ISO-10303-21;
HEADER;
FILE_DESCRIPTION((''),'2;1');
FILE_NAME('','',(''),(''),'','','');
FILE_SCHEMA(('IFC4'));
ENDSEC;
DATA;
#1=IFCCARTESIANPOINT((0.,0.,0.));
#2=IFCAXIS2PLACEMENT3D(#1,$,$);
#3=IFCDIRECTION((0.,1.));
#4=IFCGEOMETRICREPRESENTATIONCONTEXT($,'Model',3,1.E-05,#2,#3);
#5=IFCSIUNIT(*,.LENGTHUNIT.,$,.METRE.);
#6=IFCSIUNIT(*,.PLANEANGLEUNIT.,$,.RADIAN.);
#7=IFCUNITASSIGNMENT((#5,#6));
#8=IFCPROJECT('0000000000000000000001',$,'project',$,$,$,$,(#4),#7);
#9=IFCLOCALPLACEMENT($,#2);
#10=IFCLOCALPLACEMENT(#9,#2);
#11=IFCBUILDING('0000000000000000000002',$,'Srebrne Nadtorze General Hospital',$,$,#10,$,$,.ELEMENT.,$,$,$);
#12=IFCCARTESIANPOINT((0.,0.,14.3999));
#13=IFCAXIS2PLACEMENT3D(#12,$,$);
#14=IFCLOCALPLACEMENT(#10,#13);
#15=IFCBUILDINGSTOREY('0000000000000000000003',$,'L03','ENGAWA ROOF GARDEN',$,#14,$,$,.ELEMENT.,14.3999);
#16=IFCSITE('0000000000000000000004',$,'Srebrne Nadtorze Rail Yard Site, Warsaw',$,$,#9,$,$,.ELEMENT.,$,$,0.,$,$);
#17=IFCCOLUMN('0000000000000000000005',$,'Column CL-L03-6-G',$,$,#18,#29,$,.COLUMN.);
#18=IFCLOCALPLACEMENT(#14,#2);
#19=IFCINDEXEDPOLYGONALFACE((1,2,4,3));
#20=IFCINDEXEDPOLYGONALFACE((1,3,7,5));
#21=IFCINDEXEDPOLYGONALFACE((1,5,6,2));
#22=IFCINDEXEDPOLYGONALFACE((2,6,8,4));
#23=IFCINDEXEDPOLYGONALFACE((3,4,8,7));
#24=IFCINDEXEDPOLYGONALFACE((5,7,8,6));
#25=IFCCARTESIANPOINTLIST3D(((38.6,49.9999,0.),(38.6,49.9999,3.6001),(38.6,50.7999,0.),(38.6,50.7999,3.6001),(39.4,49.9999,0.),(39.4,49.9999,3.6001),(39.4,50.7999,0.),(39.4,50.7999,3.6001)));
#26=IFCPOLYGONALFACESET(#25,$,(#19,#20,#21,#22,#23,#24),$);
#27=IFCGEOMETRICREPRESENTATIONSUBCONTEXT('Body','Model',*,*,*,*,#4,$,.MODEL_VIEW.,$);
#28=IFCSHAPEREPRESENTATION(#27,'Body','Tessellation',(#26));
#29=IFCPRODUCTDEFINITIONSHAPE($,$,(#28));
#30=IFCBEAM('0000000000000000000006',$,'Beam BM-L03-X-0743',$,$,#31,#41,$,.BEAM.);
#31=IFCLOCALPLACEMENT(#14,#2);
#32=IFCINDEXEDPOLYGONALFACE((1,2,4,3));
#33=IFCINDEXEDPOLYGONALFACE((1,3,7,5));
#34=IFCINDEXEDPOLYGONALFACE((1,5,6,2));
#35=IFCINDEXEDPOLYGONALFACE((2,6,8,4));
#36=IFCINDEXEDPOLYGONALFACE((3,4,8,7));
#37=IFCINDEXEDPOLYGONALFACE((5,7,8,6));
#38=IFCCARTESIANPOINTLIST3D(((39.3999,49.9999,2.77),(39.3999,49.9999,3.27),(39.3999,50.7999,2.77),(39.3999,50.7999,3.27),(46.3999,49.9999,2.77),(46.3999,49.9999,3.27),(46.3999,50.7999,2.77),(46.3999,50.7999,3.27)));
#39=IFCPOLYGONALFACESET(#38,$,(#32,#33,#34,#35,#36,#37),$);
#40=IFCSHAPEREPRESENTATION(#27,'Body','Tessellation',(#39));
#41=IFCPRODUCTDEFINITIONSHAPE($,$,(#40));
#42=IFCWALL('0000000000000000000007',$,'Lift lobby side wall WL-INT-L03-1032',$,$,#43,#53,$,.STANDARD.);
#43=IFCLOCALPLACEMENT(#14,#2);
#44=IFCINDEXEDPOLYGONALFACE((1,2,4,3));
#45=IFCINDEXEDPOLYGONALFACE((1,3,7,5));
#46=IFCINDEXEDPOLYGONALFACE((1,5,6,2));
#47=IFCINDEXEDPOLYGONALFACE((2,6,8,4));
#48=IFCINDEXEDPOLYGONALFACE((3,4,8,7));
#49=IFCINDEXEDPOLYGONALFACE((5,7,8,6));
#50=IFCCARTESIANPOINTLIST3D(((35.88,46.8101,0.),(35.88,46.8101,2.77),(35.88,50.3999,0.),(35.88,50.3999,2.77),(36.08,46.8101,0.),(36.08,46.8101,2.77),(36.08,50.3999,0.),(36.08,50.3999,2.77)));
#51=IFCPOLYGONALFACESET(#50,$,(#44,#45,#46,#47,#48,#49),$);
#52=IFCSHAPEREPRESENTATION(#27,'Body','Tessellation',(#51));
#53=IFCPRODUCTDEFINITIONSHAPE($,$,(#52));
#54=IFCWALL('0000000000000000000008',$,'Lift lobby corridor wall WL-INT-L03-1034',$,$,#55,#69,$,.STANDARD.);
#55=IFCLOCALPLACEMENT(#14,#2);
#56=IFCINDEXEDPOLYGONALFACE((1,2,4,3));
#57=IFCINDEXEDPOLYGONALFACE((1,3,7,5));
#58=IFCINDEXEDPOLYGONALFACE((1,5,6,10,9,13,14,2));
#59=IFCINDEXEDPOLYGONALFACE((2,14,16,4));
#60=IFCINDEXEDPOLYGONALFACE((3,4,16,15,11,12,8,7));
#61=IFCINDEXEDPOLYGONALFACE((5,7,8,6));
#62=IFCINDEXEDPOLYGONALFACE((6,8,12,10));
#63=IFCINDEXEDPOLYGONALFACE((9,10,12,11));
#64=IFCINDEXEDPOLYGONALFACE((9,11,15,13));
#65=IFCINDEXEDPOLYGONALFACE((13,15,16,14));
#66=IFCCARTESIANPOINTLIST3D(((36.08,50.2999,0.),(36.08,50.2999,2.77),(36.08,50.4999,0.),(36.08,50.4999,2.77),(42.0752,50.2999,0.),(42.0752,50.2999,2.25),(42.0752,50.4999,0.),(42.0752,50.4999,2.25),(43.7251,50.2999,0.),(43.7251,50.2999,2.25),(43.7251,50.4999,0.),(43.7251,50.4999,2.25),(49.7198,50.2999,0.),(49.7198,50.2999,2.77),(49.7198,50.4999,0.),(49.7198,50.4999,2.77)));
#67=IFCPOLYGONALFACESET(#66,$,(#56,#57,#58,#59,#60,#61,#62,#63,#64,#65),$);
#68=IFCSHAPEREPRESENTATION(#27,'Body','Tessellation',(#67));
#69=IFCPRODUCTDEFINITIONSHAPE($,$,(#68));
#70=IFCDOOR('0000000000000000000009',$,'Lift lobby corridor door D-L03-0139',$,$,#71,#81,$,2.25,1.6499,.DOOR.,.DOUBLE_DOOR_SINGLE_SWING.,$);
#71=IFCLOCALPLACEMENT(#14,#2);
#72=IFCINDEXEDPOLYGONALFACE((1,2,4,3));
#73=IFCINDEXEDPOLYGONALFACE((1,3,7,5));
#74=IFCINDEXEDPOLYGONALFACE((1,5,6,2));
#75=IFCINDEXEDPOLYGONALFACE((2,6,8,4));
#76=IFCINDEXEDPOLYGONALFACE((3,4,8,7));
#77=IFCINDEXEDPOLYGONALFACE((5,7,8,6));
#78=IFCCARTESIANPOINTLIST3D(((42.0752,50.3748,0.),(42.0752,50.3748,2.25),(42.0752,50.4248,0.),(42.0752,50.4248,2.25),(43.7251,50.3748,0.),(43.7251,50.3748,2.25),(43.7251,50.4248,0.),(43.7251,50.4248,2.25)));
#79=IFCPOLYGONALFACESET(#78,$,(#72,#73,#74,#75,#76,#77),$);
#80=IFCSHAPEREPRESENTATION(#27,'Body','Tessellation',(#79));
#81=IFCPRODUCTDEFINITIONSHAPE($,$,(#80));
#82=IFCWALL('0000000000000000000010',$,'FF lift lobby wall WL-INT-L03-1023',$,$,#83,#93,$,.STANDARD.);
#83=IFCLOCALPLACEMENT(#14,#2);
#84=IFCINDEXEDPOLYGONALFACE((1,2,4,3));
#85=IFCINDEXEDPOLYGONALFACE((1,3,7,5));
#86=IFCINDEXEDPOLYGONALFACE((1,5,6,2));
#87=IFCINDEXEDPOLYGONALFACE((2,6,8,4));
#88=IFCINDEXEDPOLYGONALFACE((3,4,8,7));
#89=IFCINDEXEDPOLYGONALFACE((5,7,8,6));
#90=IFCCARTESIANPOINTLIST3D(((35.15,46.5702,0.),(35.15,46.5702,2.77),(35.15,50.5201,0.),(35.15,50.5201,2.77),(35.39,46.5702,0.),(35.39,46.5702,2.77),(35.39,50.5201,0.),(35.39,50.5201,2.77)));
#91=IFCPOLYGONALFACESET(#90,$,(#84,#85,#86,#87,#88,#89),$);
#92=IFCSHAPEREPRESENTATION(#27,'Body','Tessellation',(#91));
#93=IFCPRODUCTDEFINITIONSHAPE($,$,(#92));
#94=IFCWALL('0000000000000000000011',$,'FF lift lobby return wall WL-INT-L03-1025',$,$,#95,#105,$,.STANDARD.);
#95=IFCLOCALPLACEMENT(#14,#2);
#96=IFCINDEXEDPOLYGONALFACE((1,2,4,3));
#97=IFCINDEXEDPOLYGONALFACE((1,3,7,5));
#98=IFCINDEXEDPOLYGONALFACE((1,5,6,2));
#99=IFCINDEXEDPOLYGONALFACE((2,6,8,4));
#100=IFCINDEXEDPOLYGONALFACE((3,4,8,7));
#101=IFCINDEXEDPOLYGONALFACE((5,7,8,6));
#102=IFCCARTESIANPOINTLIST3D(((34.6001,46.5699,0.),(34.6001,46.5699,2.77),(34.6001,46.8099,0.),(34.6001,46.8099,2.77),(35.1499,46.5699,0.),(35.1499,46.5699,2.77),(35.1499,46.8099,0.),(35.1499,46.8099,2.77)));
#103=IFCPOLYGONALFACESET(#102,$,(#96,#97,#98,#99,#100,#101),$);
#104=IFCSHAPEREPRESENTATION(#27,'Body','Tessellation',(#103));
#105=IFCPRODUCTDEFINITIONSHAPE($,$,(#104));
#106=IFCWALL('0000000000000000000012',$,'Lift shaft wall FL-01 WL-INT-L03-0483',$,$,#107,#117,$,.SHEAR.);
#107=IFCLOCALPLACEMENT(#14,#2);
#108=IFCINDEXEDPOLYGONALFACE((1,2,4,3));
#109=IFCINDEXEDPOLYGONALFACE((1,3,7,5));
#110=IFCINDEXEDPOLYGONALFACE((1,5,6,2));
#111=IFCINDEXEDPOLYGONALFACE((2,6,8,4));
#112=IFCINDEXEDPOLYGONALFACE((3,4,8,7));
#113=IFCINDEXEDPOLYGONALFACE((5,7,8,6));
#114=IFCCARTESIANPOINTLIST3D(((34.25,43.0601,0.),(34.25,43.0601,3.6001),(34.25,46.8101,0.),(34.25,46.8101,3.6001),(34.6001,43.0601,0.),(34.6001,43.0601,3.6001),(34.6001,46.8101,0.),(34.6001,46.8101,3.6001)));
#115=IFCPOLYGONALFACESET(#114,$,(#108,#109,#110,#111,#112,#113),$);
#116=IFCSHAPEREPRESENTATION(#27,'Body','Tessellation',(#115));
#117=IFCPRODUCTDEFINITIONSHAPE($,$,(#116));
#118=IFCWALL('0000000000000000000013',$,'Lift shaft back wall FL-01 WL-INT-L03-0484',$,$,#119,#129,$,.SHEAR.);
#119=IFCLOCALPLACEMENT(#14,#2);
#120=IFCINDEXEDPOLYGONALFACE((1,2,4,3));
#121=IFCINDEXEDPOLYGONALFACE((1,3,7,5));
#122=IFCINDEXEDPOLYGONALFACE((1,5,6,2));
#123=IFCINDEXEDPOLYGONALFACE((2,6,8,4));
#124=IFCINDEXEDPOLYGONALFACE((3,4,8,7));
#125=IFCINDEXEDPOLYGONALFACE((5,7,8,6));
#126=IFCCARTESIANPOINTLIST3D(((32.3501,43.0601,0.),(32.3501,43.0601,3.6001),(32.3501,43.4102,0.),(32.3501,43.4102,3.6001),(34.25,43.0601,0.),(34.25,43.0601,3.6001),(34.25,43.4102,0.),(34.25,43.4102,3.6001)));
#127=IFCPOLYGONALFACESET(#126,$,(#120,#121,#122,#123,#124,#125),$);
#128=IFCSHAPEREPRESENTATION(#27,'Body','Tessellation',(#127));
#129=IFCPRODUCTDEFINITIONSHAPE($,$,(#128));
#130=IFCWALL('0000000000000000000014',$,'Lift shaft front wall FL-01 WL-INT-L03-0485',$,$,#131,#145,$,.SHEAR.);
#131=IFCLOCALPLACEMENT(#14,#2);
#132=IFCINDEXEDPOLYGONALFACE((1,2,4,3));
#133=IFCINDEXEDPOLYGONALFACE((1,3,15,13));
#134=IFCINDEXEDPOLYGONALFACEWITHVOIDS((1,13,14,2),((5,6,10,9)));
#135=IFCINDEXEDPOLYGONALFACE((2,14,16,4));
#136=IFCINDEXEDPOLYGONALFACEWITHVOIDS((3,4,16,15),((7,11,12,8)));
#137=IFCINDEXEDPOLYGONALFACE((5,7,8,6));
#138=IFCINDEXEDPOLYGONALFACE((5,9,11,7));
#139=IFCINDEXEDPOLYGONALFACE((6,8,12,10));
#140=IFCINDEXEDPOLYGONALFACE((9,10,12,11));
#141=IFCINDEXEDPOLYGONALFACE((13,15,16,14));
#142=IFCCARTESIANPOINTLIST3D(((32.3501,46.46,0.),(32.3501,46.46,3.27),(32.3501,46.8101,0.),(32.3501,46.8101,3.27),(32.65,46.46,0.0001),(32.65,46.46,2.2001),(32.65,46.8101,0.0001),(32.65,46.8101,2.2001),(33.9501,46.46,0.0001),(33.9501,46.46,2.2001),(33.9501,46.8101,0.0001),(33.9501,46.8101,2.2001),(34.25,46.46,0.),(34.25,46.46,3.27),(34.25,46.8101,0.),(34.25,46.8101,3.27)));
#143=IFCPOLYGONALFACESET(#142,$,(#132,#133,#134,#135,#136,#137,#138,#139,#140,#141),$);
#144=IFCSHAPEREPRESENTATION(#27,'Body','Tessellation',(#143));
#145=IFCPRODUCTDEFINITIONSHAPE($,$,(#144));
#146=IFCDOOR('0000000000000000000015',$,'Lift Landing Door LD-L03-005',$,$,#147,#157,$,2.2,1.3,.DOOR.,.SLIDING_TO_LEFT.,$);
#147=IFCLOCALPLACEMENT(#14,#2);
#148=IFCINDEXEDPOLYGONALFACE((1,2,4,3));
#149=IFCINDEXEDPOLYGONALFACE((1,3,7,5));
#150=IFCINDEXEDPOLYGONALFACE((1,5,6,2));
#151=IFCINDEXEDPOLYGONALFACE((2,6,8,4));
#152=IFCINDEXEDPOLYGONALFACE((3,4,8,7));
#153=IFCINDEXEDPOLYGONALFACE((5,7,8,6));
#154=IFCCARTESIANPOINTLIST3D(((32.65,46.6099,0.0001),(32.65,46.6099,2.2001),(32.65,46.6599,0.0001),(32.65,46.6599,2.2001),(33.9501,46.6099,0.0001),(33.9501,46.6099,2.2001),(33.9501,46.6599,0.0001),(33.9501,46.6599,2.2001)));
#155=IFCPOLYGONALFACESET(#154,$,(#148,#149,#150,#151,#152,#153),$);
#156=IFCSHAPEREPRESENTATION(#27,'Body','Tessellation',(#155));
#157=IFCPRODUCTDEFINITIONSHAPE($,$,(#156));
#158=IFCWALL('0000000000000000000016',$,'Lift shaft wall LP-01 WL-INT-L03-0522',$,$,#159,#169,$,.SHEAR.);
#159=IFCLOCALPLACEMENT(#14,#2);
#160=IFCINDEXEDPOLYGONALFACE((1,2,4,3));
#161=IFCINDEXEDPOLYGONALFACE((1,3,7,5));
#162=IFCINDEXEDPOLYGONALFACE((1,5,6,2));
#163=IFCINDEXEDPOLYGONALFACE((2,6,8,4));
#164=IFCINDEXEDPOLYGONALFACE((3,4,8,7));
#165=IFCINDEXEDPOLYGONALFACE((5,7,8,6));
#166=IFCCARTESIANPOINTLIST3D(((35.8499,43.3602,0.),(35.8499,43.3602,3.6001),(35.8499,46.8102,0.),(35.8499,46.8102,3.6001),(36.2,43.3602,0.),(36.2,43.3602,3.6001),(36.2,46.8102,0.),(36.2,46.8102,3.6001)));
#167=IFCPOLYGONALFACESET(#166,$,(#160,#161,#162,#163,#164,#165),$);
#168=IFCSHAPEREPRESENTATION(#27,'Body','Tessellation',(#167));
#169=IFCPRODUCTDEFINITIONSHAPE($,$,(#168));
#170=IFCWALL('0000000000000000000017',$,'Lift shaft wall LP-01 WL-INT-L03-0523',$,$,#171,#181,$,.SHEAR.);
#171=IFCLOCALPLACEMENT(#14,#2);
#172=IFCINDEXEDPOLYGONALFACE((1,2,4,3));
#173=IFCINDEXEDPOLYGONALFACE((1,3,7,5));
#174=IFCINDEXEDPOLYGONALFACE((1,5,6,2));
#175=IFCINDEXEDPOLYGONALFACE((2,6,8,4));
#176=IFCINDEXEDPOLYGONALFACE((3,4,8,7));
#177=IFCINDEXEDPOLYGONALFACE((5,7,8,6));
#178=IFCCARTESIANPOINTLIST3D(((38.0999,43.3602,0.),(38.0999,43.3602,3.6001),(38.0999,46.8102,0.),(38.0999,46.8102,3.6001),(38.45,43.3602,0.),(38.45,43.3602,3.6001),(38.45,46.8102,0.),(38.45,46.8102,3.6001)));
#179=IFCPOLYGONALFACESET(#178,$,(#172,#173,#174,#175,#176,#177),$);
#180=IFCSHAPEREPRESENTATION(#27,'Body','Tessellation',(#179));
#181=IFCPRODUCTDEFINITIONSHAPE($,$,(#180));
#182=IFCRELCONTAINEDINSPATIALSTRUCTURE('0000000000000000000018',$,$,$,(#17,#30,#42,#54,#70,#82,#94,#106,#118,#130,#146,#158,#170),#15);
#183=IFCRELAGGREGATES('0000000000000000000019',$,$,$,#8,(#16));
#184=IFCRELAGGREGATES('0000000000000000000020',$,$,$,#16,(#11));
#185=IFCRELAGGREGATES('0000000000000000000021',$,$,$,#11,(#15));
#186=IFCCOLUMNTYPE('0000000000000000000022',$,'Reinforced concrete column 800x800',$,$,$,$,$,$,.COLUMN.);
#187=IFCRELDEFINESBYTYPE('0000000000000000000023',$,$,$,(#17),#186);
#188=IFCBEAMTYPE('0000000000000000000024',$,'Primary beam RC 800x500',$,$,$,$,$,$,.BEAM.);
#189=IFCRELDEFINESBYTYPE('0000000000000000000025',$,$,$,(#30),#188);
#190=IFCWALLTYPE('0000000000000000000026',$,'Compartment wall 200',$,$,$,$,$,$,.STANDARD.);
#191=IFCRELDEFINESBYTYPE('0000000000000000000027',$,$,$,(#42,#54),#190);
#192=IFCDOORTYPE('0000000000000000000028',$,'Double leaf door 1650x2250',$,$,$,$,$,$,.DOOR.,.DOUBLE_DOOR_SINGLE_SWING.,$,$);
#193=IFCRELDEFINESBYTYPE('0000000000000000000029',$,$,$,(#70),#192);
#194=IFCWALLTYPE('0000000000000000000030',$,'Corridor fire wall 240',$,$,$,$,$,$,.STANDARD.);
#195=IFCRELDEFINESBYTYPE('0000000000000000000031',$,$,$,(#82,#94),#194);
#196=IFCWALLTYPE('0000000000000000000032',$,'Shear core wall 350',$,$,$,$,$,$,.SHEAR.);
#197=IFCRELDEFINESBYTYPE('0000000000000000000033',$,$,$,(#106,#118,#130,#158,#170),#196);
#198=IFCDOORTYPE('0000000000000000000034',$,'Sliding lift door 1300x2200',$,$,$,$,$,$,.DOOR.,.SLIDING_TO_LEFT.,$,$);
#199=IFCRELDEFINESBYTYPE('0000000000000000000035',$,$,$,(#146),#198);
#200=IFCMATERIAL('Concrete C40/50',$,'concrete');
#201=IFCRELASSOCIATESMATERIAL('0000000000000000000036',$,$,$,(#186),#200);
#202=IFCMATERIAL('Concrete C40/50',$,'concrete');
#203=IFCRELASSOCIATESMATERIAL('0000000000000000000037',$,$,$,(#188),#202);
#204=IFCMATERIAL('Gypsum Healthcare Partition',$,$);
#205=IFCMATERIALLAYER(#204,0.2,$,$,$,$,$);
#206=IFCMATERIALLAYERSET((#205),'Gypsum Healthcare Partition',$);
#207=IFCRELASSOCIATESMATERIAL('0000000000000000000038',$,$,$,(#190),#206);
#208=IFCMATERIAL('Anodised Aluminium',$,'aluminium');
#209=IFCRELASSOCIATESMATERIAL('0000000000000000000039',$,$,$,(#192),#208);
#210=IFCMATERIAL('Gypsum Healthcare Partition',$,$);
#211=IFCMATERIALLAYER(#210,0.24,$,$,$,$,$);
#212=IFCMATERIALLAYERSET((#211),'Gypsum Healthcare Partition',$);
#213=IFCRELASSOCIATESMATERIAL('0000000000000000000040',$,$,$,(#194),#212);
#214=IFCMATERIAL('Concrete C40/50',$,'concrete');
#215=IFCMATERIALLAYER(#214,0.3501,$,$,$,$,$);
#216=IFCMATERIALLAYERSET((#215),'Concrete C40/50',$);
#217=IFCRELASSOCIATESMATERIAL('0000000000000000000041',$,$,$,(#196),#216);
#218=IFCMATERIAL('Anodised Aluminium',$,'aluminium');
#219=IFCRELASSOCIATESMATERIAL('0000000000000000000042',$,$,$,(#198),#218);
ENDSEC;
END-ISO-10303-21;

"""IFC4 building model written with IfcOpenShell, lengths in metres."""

from ifc_helpers import new_model, si_unit, direction, frame, frame_2d, origin, origin_2d, place, context, subcontext, project, spatial, rectangle, extrude, material, layer, layer_set, material_profile, profile_set, type_object, element, fill, save


model = new_model("IFC4")

# Units and contexts
model_context = context("Model", 3, precision=1e-05, world=origin(), true_north=direction((0.0, 1.0)))
body_context = subcontext(model_context, "Body", "Model", "MODEL_VIEW")
ifc_project = project(units=[si_unit("LENGTHUNIT", "METRE"), si_unit("PLANEANGLEUNIT", "RADIAN")], contexts=[model_context])

# Site, building, storey
site_placement = place(None, origin())
site = spatial("IfcSite", under=ifc_project, at=site_placement, Name="Srebrne Nadtorze Rail Yard Site, Warsaw", CompositionType="ELEMENT", RefElevation=0.0)
building_placement = place(site_placement, origin())
building = spatial("IfcBuilding", under=site, at=building_placement, Name="Srebrne Nadtorze General Hospital", CompositionType="ELEMENT")
storey_placement = place(building_placement, frame((0.0, 0.0, 14.3999)))
storey = spatial("IfcBuildingStorey", under=building, at=storey_placement, Name="L03", Description="ENGAWA ROOF GARDEN", CompositionType="ELEMENT", Elevation=14.3999)

# Column
ifc_material_1 = material(Name="Concrete C40/50", Category="concrete")
ifc_material_profile_1 = material_profile(ifc_material_1, rectangle(XDim=0.8, YDim=0.8, at=origin_2d()), Name="RC-COL-800x800")
ifc_profile_set_1 = profile_set([ifc_material_profile_1], Name="Concrete C40/50")
column_type = type_object("IfcColumnType", Name="Reinforced concrete column 800x800", PredefinedType="COLUMN", material=ifc_profile_set_1)
column_placement = place(storey_placement, frame((39.0, 50.3999, 0.0), z_axis=(0.0, 0.0, 1.0), x_axis=(1.0, 0.0, 0.0)))
element("IfcColumn", 1, at=column_placement, inside=storey, type_object=column_type, Name="Column CL-L03-6-G", PredefinedType="COLUMN", context=body_context, shape_type="SweptSolid", body=[
    extrude(rectangle(XDim=0.8, YDim=0.8, at=origin_2d()), origin(), (0.0, 0.0, 1.0), 3.6001),
])

# Beam
ifc_material_2 = material(Name="Concrete C40/50", Category="concrete")
ifc_material_profile_2 = material_profile(ifc_material_2, rectangle(XDim=0.8, YDim=0.5, at=origin_2d()), Name="RC-BM-800x500")
ifc_profile_set_2 = profile_set([ifc_material_profile_2], Name="Concrete C40/50")
beam_type = type_object("IfcBeamType", Name="Primary beam RC 800x500", PredefinedType="BEAM", material=ifc_profile_set_2)
beam_placement = place(storey_placement, frame((39.3999, 50.3999, 3.02), z_axis=(1.0, 0.0, 0.0), x_axis=(0.0, 1.0, 0.0)))
element("IfcBeam", 2, at=beam_placement, inside=storey, type_object=beam_type, Name="Beam BM-L03-X-0743", PredefinedType="BEAM", context=body_context, shape_type="SweptSolid", body=[
    extrude(rectangle(XDim=0.8, YDim=0.5, at=origin_2d()), origin(), (0.0, 0.0, 1.0), 7.0),
])

# Wall
ifc_material_3 = material(Name="Gypsum Healthcare Partition")
ifc_layer_1 = layer(ifc_material_3, 0.2)
ifc_layer_set_1 = layer_set([ifc_layer_1], Name="Gypsum Healthcare Partition")
wall_type_1 = type_object("IfcWallType", Name="Compartment wall 200", PredefinedType="STANDARD", material=ifc_layer_set_1)
wall_1_placement = place(storey_placement, frame((35.98, 46.8101, 0.0), z_axis=(0.0, 0.0, 1.0), x_axis=(0.0, 1.0, 0.0)))
element("IfcWall", 3, at=wall_1_placement, inside=storey, type_object=wall_type_1, Name="Lift lobby side wall WL-INT-L03-1032", PredefinedType="STANDARD", context=body_context, shape_type="SweptSolid", body=[
    extrude(rectangle(XDim=3.5898, YDim=0.2, at=frame_2d((1.7949, 0.0))), origin(), (0.0, 0.0, 1.0), 2.77),
])

# Wall, opening, door
wall_2_placement = place(storey_placement, frame((36.0801, 50.3999, 0.0), z_axis=(0.0, 0.0, 1.0), x_axis=(1.0, 0.0, 0.0)))
wall_2 = element("IfcWall", 4, at=wall_2_placement, inside=storey, type_object=wall_type_1, Name="Lift lobby corridor wall WL-INT-L03-1034", PredefinedType="STANDARD", context=body_context, shape_type="SweptSolid", body=[
    extrude(rectangle(XDim=13.6399, YDim=0.2, at=frame_2d((6.8198, 0.0))), origin(), (0.0, 0.0, 1.0), 2.77),
])
opening_1_placement = place(wall_2_placement, frame((5.9951, 0.0, 0.0)))
opening_1 = element("IfcOpeningElement", 5, at=opening_1_placement, cuts=wall_2, PredefinedType="OPENING", context=body_context, shape_type="SweptSolid", body=[
    extrude(rectangle(XDim=1.6499, YDim=2.25, at=frame_2d((0.825, 1.125))), frame((0.0, 0.1118, 0.0), z_axis=(0.0, -1.0, 0.0), x_axis=(1.0, 0.0, 0.0)), (0.0, 0.0, 1.0), 0.2239),
])
ifc_material_4 = material(Name="Anodised Aluminium", Category="aluminium")
door_type_1 = type_object("IfcDoorType", Name="Double leaf door 1650x2250", OperationType="DOUBLE_DOOR_SINGLE_SWING", PredefinedType="DOOR", material=ifc_material_4)
door_1_placement = place(opening_1_placement, origin())
door_1 = element("IfcDoor", 6, at=door_1_placement, inside=storey, type_object=door_type_1, Name="Lift lobby corridor door D-L03-0139", OperationType="DOUBLE_DOOR_SINGLE_SWING", OverallHeight=2.25, OverallWidth=1.6499, PredefinedType="DOOR", context=body_context, shape_type="SweptSolid", body=[
    extrude(rectangle(XDim=1.6499, YDim=2.25, at=frame_2d((0.825, 1.125))), frame((0.0, 0.0249, 0.0), z_axis=(0.0, -1.0, 0.0), x_axis=(1.0, 0.0, 0.0)), (0.0, 0.0, 1.0), 0.05),
])
fill(opening_1, door_1)

# Walls
ifc_material_5 = material(Name="Gypsum Healthcare Partition")
ifc_layer_2 = layer(ifc_material_5, 0.24)
ifc_layer_set_2 = layer_set([ifc_layer_2], Name="Gypsum Healthcare Partition")
wall_type_2 = type_object("IfcWallType", Name="Corridor fire wall 240", PredefinedType="STANDARD", material=ifc_layer_set_2)
wall_3_placement = place(storey_placement, frame((35.27, 46.5701, 0.0), z_axis=(0.0, 0.0, 1.0), x_axis=(0.0, 1.0, 0.0)))
element("IfcWall", 7, at=wall_3_placement, inside=storey, type_object=wall_type_2, Name="FF lift lobby wall WL-INT-L03-1023", PredefinedType="STANDARD", context=body_context, shape_type="SweptSolid", body=[
    extrude(rectangle(XDim=3.95, YDim=0.24, at=frame_2d((1.9751, 0.0))), origin(), (0.0, 0.0, 1.0), 2.77),
])
wall_4_placement = place(storey_placement, frame((34.6001, 46.6899, 0.0), z_axis=(0.0, 0.0, 1.0), x_axis=(1.0, 0.0, 0.0)))
element("IfcWall", 8, at=wall_4_placement, inside=storey, type_object=wall_type_2, Name="FF lift lobby return wall WL-INT-L03-1025", PredefinedType="STANDARD", context=body_context, shape_type="SweptSolid", body=[
    extrude(rectangle(XDim=0.5498, YDim=0.24, at=frame_2d((0.2749, 0.0))), origin(), (0.0, 0.0, 1.0), 2.77),
])
ifc_material_6 = material(Name="Concrete C40/50", Category="concrete")
ifc_layer_3 = layer(ifc_material_6, 0.3501)
ifc_layer_set_3 = layer_set([ifc_layer_3], Name="Concrete C40/50")
wall_type_3 = type_object("IfcWallType", Name="Shear core wall 350", PredefinedType="SHEAR", material=ifc_layer_set_3)
wall_5_placement = place(storey_placement, frame((34.425, 43.0601, 0.0), z_axis=(0.0, 0.0, 1.0), x_axis=(0.0, 1.0, 0.0)))
element("IfcWall", 9, at=wall_5_placement, inside=storey, type_object=wall_type_3, Name="Lift shaft wall FL-01 WL-INT-L03-0483", PredefinedType="SHEAR", context=body_context, shape_type="SweptSolid", body=[
    extrude(rectangle(XDim=3.75, YDim=0.3501, at=frame_2d((1.875, 0.0))), origin(), (0.0, 0.0, 1.0), 3.6001),
])
wall_6_placement = place(storey_placement, frame((32.3501, 43.2351, 0.0), z_axis=(0.0, 0.0, 1.0), x_axis=(1.0, 0.0, 0.0)))
element("IfcWall", 10, at=wall_6_placement, inside=storey, type_object=wall_type_3, Name="Lift shaft back wall FL-01 WL-INT-L03-0484", PredefinedType="SHEAR", context=body_context, shape_type="SweptSolid", body=[
    extrude(rectangle(XDim=1.8999, YDim=0.3501, at=frame_2d((0.95, 0.0))), origin(), (0.0, 0.0, 1.0), 3.6001),
])

# Wall, opening, door
wall_7_placement = place(storey_placement, frame((32.3501, 46.635, 0.0), z_axis=(0.0, 0.0, 1.0), x_axis=(1.0, 0.0, 0.0)))
wall_7 = element("IfcWall", 11, at=wall_7_placement, inside=storey, type_object=wall_type_3, Name="Lift shaft front wall FL-01 WL-INT-L03-0485", PredefinedType="SHEAR", context=body_context, shape_type="SweptSolid", body=[
    extrude(rectangle(XDim=1.8999, YDim=0.3501, at=frame_2d((0.95, 0.0))), origin(), (0.0, 0.0, 1.0), 3.27),
])
opening_2_placement = place(wall_7_placement, frame((0.3, 0.0, 0.0)))
opening_2 = element("IfcOpeningElement", 12, at=opening_2_placement, cuts=wall_7, PredefinedType="OPENING", context=body_context, shape_type="SweptSolid", body=[
    extrude(rectangle(XDim=1.3, YDim=2.2, at=frame_2d((0.6499, 1.1001))), frame((0.0, 0.187, 0.0), z_axis=(0.0, -1.0, 0.0), x_axis=(1.0, 0.0, 0.0)), (0.0, 0.0, 1.0), 0.374),
])
ifc_material_7 = material(Name="Anodised Aluminium", Category="aluminium")
door_type_2 = type_object("IfcDoorType", Name="Sliding lift door 1300x2200", OperationType="SLIDING_TO_LEFT", PredefinedType="DOOR", material=ifc_material_7)
door_2_placement = place(opening_2_placement, origin())
door_2 = element("IfcDoor", 13, at=door_2_placement, inside=storey, type_object=door_type_2, Name="Lift Landing Door LD-L03-005", OperationType="SLIDING_TO_LEFT", OverallHeight=2.2, OverallWidth=1.3, PredefinedType="DOOR", context=body_context, shape_type="SweptSolid", body=[
    extrude(rectangle(XDim=1.3, YDim=2.2, at=frame_2d((0.6499, 1.1001))), frame((0.0, 0.0249, 0.0), z_axis=(0.0, -1.0, 0.0), x_axis=(1.0, 0.0, 0.0)), (0.0, 0.0, 1.0), 0.05),
])
fill(opening_2, door_2)

# Walls
for number, where, z_axis, x_axis, name in (
    (14, (36.0249, 43.3601, 0.0), (0.0, 0.0, 1.0), (0.0, 1.0, 0.0), "Lift shaft wall LP-01 WL-INT-L03-0522"),
    (15, (38.2749, 43.3601, 0.0), (0.0, 0.0, 1.0), (0.0, 1.0, 0.0), "Lift shaft wall LP-01 WL-INT-L03-0523"),
):
    element("IfcWall", number, at=place(storey_placement, frame(where, z_axis=z_axis, x_axis=x_axis)), inside=storey, type_object=wall_type_3, Name=name, PredefinedType="SHEAR", context=body_context, shape_type="SweptSolid", body=[
        extrude(rectangle(XDim=3.45, YDim=0.3501, at=frame_2d((1.7251, 0.0))), origin(), (0.0, 0.0, 1.0), 3.6001),
    ])

save(model, "model.ifc")
